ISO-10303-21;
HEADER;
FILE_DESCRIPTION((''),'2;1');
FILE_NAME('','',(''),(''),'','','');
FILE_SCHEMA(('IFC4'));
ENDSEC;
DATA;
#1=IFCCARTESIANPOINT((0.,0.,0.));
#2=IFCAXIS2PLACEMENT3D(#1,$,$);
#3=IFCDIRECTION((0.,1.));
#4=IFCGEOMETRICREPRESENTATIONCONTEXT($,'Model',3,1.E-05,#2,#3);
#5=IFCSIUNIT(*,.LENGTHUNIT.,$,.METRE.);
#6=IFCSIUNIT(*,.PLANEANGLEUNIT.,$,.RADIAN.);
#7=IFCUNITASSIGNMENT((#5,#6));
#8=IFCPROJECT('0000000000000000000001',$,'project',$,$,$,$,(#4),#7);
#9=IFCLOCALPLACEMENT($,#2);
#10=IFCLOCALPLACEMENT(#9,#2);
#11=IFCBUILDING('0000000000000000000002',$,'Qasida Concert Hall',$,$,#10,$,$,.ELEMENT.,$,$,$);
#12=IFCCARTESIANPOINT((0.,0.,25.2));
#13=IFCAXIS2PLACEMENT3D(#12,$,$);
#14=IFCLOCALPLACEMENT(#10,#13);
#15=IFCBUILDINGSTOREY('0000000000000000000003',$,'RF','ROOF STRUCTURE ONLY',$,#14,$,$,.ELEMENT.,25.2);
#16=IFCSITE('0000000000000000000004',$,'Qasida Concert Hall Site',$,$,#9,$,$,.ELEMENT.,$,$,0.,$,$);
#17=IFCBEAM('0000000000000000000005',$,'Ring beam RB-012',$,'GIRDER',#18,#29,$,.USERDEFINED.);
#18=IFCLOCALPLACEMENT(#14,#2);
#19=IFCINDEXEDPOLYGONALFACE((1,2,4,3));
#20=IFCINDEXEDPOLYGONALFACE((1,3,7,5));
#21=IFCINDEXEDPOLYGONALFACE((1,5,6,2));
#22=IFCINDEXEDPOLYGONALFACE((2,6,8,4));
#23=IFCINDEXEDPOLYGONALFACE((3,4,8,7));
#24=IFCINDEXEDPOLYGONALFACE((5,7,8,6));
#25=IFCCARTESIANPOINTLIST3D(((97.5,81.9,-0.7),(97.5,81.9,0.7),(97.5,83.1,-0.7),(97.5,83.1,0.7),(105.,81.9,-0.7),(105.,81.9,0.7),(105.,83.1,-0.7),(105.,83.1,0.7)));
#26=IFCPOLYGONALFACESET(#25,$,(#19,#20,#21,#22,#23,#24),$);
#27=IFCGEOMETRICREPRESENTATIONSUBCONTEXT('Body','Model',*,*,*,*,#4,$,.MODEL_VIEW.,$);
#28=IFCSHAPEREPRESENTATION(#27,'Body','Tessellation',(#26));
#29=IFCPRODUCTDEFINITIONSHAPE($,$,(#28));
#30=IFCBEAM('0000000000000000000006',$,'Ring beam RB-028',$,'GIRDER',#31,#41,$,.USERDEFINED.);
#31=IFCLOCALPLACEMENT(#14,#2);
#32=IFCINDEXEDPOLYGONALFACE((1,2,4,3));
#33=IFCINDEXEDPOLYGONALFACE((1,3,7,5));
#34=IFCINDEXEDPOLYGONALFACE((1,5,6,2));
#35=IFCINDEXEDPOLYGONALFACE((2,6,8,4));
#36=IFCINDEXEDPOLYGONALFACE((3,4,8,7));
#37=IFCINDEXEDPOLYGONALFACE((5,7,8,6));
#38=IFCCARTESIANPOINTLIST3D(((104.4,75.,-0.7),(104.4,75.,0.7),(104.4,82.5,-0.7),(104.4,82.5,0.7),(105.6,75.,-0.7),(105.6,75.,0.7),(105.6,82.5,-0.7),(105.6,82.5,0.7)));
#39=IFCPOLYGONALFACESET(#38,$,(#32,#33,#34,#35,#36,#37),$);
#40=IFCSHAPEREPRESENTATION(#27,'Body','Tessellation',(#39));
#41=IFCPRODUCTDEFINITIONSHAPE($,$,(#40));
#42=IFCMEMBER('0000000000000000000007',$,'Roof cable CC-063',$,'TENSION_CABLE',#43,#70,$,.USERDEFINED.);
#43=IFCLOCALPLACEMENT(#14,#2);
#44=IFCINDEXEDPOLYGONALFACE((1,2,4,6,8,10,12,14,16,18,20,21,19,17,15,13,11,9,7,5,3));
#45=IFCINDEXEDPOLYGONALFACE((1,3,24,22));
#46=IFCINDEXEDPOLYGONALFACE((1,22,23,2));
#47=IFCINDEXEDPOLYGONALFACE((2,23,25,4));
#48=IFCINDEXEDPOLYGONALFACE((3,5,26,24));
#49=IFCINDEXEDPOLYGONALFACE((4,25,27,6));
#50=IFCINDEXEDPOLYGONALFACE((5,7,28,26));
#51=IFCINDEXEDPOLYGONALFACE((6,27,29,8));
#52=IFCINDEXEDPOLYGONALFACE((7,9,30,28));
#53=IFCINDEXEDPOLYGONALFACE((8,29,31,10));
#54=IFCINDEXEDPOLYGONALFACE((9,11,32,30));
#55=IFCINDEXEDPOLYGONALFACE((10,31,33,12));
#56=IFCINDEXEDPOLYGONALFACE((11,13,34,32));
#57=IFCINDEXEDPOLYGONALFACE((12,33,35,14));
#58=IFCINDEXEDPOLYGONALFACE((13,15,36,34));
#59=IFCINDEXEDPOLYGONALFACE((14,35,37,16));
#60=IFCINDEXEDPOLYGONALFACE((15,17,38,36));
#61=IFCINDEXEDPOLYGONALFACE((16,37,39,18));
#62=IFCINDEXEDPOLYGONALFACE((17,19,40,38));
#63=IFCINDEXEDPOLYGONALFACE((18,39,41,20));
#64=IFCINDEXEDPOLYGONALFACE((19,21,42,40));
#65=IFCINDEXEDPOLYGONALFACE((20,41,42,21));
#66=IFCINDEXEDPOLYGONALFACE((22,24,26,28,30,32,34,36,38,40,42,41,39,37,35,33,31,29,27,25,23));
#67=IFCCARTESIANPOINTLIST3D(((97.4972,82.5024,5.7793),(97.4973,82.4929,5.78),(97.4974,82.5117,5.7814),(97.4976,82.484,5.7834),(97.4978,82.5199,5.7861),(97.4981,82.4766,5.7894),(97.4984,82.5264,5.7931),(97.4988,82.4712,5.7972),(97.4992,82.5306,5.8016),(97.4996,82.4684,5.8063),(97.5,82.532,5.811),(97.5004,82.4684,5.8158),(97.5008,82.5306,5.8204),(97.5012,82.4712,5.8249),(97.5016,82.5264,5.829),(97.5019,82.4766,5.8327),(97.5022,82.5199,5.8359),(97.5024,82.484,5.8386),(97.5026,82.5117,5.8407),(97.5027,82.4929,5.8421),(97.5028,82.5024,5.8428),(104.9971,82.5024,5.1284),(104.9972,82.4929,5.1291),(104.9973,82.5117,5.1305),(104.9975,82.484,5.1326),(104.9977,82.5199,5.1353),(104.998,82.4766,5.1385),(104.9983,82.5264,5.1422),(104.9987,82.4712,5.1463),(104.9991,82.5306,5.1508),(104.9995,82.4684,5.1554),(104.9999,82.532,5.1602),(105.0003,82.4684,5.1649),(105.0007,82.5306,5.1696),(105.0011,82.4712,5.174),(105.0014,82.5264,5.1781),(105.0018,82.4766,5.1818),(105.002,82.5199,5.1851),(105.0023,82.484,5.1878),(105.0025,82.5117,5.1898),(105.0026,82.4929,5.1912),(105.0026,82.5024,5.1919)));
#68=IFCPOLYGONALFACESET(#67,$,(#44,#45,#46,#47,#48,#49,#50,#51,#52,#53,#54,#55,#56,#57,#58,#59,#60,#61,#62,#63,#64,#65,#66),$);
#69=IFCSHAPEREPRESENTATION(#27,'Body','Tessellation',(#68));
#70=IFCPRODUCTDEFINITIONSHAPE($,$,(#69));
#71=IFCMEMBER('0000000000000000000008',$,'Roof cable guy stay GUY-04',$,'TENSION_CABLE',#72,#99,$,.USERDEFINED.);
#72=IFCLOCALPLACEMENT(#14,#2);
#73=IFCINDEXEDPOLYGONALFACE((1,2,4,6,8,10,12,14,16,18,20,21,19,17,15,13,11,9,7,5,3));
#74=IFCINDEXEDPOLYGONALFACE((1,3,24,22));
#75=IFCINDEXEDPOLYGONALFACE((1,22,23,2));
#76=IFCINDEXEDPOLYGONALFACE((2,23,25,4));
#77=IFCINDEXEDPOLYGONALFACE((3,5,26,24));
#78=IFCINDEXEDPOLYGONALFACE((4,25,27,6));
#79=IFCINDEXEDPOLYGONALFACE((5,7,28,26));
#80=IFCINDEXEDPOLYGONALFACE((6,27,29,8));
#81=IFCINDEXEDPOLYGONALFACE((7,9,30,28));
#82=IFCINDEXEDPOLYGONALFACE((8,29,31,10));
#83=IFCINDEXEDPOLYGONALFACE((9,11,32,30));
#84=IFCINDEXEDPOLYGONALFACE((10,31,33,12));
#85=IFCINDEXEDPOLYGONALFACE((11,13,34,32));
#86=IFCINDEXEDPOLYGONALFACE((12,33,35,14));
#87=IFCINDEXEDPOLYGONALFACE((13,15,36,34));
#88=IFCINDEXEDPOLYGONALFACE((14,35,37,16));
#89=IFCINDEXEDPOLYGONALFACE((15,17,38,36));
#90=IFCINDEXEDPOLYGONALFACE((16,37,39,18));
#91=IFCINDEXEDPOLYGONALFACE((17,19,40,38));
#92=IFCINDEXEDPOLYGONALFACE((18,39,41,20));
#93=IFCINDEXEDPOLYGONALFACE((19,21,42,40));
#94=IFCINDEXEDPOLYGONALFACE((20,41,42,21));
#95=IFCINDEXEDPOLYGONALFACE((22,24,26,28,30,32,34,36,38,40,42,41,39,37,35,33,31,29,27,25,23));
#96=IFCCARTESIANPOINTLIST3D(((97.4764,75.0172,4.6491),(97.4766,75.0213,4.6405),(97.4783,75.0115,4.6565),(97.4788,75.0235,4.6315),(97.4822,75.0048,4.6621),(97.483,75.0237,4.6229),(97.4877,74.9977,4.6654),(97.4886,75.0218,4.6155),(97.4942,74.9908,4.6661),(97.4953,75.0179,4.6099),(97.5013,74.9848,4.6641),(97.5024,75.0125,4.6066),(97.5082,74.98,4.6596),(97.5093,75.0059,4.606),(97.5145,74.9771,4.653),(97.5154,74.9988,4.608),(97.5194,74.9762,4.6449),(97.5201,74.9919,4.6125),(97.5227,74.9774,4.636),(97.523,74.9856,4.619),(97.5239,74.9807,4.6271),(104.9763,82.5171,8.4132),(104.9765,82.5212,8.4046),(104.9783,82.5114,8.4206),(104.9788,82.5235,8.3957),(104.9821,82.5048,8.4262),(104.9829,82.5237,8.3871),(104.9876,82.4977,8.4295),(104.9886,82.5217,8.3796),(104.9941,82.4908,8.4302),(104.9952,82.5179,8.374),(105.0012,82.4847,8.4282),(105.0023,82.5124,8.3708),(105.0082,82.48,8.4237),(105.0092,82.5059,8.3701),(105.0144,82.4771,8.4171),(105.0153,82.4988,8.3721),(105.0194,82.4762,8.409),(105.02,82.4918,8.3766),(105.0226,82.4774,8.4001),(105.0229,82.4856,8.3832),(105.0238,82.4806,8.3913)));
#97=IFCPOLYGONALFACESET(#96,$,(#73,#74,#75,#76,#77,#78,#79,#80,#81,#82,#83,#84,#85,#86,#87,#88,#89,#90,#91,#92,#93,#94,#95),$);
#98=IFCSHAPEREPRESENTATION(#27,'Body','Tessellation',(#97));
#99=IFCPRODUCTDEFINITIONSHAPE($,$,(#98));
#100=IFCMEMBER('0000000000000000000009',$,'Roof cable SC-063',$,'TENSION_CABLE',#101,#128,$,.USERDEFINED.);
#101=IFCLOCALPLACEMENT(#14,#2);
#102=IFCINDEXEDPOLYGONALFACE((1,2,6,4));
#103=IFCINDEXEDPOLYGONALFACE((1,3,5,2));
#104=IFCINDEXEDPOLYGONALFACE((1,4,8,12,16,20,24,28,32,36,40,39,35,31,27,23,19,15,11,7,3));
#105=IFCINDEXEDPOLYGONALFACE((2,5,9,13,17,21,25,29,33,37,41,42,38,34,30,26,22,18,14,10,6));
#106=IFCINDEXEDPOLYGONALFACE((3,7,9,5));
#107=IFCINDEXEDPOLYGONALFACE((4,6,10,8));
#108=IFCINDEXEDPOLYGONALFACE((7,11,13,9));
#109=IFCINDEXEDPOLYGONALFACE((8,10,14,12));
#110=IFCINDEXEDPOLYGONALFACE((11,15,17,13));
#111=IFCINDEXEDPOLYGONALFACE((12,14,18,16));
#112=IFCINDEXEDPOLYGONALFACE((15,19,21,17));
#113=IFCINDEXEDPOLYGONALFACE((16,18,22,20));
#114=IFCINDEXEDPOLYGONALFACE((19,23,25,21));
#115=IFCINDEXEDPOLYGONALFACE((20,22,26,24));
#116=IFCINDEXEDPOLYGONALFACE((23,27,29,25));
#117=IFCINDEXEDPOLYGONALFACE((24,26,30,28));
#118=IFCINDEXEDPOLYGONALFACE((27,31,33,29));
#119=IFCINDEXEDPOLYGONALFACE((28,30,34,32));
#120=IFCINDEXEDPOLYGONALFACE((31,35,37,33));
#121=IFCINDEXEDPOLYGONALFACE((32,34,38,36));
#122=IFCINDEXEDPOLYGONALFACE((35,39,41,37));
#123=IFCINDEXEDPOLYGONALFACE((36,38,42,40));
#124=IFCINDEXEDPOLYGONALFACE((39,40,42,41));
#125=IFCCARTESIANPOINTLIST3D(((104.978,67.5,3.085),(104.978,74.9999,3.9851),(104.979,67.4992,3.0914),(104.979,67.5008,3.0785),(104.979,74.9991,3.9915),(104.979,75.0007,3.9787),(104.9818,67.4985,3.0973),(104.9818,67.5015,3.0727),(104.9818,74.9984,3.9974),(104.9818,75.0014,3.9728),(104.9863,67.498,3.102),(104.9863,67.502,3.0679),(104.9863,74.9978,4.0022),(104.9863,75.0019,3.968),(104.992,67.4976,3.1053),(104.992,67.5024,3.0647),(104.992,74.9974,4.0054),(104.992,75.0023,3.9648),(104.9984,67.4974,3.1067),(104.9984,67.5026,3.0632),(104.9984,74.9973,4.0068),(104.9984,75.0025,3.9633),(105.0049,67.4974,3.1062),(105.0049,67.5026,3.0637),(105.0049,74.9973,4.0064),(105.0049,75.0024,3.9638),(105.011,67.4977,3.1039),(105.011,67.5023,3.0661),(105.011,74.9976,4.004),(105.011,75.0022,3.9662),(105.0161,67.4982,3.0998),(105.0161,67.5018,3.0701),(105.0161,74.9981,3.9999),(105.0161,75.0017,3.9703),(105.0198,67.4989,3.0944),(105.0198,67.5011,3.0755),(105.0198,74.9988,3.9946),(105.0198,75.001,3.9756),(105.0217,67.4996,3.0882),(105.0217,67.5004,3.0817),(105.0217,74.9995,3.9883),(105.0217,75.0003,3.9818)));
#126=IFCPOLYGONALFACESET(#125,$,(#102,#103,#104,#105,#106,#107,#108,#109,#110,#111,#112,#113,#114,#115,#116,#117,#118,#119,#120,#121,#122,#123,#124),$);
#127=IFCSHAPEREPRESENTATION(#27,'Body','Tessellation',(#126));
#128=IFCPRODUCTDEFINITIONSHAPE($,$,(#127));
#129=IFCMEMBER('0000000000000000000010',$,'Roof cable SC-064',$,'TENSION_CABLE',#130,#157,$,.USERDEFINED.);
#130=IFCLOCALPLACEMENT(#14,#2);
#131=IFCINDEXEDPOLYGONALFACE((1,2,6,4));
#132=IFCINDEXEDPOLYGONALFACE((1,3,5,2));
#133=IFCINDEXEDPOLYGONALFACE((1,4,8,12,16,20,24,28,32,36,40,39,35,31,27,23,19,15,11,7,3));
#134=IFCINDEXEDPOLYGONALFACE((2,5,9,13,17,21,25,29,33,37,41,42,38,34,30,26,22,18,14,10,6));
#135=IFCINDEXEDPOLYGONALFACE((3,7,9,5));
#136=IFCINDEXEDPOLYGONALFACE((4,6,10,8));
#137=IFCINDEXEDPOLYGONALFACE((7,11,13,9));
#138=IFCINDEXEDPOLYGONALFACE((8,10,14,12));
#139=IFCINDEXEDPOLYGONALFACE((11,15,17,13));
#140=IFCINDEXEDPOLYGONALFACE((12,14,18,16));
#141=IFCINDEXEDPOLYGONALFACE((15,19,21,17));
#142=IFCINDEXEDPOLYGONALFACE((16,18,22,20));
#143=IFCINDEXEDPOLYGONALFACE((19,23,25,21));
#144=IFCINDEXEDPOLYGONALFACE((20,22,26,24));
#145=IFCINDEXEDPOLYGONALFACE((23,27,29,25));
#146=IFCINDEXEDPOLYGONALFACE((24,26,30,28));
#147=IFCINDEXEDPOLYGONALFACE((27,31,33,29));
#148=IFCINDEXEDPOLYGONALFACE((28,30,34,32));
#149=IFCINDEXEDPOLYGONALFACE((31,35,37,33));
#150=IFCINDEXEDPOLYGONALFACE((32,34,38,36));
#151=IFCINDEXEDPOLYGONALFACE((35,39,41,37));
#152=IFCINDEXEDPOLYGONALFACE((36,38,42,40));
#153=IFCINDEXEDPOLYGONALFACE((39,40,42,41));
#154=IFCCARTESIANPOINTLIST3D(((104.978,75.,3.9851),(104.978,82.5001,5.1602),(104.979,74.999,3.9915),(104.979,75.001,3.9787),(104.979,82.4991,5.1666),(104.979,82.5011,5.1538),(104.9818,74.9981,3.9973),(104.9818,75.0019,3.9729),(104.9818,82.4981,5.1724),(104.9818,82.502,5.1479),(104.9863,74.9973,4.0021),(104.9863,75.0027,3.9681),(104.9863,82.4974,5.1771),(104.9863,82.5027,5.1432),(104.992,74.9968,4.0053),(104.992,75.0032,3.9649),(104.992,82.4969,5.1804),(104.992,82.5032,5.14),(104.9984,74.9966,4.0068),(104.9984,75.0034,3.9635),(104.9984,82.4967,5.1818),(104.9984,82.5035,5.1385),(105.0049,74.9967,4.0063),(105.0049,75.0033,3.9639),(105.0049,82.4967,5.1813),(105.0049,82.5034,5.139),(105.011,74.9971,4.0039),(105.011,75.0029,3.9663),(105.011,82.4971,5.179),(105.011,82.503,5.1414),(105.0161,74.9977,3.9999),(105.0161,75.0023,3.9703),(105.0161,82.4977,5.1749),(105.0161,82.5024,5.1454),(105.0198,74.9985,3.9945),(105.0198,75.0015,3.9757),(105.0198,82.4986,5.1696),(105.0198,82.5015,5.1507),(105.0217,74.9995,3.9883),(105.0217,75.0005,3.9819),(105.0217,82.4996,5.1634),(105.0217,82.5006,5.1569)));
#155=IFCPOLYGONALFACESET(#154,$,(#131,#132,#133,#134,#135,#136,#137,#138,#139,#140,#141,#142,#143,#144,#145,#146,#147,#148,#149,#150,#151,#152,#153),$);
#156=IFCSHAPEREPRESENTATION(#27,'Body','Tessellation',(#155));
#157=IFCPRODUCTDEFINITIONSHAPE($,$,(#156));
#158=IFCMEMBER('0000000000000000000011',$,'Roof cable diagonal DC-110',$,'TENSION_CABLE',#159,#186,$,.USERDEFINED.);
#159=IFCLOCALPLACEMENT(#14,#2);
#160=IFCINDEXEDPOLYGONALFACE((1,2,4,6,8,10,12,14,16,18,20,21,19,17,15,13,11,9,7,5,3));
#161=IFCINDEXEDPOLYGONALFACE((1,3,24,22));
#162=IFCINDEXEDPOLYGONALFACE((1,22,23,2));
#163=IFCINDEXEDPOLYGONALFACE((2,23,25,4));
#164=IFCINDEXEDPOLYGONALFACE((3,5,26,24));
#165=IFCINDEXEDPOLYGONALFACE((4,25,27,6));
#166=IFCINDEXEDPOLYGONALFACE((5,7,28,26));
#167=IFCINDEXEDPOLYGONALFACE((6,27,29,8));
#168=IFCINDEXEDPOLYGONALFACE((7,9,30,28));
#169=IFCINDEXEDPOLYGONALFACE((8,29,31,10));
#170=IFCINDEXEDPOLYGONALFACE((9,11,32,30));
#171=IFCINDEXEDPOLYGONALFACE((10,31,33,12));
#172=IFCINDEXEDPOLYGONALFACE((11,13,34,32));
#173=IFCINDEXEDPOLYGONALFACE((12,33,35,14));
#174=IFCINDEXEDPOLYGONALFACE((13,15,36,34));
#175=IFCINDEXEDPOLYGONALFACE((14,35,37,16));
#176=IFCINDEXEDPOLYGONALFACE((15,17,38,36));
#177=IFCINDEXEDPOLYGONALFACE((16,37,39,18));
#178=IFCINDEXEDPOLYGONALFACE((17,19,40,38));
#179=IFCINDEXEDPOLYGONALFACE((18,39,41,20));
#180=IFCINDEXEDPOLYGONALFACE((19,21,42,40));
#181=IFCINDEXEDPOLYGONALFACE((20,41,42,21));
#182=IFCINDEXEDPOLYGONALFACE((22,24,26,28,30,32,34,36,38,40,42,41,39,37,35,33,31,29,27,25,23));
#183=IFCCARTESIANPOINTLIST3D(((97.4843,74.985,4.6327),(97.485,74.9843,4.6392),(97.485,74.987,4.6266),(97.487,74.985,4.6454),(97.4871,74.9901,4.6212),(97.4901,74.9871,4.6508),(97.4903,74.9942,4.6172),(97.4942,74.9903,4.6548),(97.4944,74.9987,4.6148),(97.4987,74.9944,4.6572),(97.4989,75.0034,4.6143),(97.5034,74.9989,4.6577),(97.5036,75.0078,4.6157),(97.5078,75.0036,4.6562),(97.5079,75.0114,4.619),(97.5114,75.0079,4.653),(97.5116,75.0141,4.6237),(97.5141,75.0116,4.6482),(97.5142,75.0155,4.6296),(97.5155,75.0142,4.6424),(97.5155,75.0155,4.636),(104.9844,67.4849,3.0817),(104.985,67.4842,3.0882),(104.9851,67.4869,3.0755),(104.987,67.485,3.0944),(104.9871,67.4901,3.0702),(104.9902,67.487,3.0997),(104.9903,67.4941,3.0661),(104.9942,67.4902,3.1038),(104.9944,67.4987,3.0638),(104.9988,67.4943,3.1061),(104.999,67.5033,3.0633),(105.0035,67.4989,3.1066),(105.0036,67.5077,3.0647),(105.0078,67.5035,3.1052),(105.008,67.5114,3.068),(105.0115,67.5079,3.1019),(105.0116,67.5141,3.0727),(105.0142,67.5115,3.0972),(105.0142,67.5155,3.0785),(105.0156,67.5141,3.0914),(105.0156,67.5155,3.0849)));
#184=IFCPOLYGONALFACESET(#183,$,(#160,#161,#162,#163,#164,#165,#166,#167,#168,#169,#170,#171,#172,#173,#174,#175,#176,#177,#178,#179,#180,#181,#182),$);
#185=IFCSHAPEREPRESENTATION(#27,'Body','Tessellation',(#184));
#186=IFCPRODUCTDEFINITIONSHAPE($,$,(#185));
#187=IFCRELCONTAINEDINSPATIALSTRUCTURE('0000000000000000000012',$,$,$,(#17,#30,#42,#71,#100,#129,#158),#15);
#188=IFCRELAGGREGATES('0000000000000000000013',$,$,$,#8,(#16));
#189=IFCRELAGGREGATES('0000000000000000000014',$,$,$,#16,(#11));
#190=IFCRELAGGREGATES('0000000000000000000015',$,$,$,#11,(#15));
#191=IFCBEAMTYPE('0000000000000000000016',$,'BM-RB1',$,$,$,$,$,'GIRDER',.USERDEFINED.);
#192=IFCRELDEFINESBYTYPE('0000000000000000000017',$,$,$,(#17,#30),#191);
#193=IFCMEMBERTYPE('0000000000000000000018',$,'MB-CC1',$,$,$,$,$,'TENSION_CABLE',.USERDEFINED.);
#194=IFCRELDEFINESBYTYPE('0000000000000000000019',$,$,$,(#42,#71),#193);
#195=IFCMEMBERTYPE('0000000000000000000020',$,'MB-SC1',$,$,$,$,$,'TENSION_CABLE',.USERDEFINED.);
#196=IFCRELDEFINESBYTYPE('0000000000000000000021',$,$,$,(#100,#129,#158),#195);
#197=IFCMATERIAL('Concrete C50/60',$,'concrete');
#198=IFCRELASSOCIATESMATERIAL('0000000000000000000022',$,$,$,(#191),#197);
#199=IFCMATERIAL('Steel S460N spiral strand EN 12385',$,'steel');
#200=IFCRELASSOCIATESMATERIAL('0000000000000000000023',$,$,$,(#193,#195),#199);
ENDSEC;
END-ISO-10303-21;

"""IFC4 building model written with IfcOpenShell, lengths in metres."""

from ifc_helpers import new_model, si_unit, direction, frame, origin, origin_2d, place, context, subcontext, project, spatial, rectangle, circle, extrude, material, material_profile, profile_set, type_object, element, save


model = new_model("IFC4")

# Units and contexts
model_context = context("Model", 3, precision=1e-05, world=origin(), true_north=direction((0.0, 1.0)))
body_context = subcontext(model_context, "Body", "Model", "MODEL_VIEW")
ifc_project = project(units=[si_unit("LENGTHUNIT", "METRE"), si_unit("PLANEANGLEUNIT", "RADIAN")], contexts=[model_context])

# Site, building, storey
site_placement = place(None, origin())
site = spatial("IfcSite", under=ifc_project, at=site_placement, Name="Qasida Concert Hall Site", CompositionType="ELEMENT", RefElevation=0.0)
building_placement = place(site_placement, origin())
building = spatial("IfcBuilding", under=site, at=building_placement, Name="Qasida Concert Hall", CompositionType="ELEMENT")
storey_placement = place(building_placement, frame((0.0, 0.0, 25.2)))
storey = spatial("IfcBuildingStorey", under=building, at=storey_placement, Name="RF", Description="ROOF STRUCTURE ONLY", CompositionType="ELEMENT", Elevation=25.2)

# Beams
ifc_material_1 = material(Name="Concrete C50/60", Category="concrete")
ifc_material_profile_1 = material_profile(ifc_material_1, rectangle(XDim=1.2, YDim=1.3999, at=origin_2d()), Name="RC 1200x1400")
ifc_profile_set_1 = profile_set([ifc_material_profile_1], Name="Concrete C50/60")
beam_type = type_object("IfcBeamType", Name="BM-RB1", ElementType="GIRDER", PredefinedType="USERDEFINED", material=ifc_profile_set_1)
for number, where, z_axis, x_axis, name in (
    (1, (97.5, 82.5, 0.0), (1.0, 0.0, 0.0), (0.0, 1.0, 0.0), "Ring beam RB-012"),
    (2, (105.0, 75.0, 0.0), (0.0, 1.0, 0.0), (-1.0, 0.0, 0.0), "Ring beam RB-028"),
):
    element("IfcBeam", number, at=place(storey_placement, frame(where, z_axis=z_axis, x_axis=x_axis)), inside=storey, type_object=beam_type, Name=name, ObjectType="GIRDER", PredefinedType="USERDEFINED", context=body_context, shape_type="SweptSolid", body=[
        extrude(rectangle(XDim=1.2, YDim=1.3999, at=origin_2d()), origin(), (0.0, 0.0, 1.0), 7.5),
    ])

# Members
ifc_material_2 = material(Name="Steel S460N spiral strand EN 12385", Category="steel")
ifc_material_profile_2 = material_profile(ifc_material_2, circle(Radius=0.032, at=origin_2d()), Name="STRAND D64")
ifc_profile_set_2 = profile_set([ifc_material_profile_2], Name="Steel S460N spiral strand EN 12385")
member_type_1 = type_object("IfcMemberType", Name="MB-CC1", ElementType="TENSION_CABLE", PredefinedType="USERDEFINED", material=ifc_profile_set_2)
member_1_placement = place(storey_placement, frame((97.5, 82.5, 5.811), z_axis=(0.996255, 0.0, -0.086459), x_axis=(0.0, 1.0, 0.0)))
element("IfcMember", 3, at=member_1_placement, inside=storey, type_object=member_type_1, Name="Roof cable CC-063", ObjectType="TENSION_CABLE", PredefinedType="USERDEFINED", context=body_context, shape_type="SweptSolid", body=[
    extrude(circle(Radius=0.032, at=origin_2d()), origin(), (0.0, 0.0, 1.0), 7.5281),
])
member_2_placement = place(storey_placement, frame((105.0, 82.5, 8.4001), z_axis=(-0.666387, -0.666387, -0.334451), x_axis=(0.707107, -0.707107, 0.0)))
element("IfcMember", 4, at=member_2_placement, inside=storey, type_object=member_type_1, Name="Roof cable guy stay GUY-04", ObjectType="TENSION_CABLE", PredefinedType="USERDEFINED", context=body_context, shape_type="SweptSolid", body=[
    extrude(circle(Radius=0.032, at=origin_2d()), origin(), (0.0, 0.0, 1.0), 11.2546),
])
ifc_material_profile_3 = material_profile(ifc_material_2, circle(Radius=0.022, at=origin_2d()), Name="STRAND D44")
ifc_profile_set_3 = profile_set([ifc_material_profile_3], Name="Steel S460N spiral strand EN 12385")
member_type_2 = type_object("IfcMemberType", Name="MB-SC1", ElementType="TENSION_CABLE", PredefinedType="USERDEFINED", material=ifc_profile_set_3)
member_3_placement = place(storey_placement, frame((105.0, 67.5, 3.085), z_axis=(0.0, 0.992875, 0.119164), x_axis=(-1.0, 0.0, 0.0)))
element("IfcMember", 5, at=member_3_placement, inside=storey, type_object=member_type_2, Name="Roof cable SC-063", ObjectType="TENSION_CABLE", PredefinedType="USERDEFINED", context=body_context, shape_type="SweptSolid", body=[
    extrude(circle(Radius=0.022, at=origin_2d()), origin(), (0.0, 0.0, 1.0), 7.5537),
])
member_4_placement = place(storey_placement, frame((105.0, 75.0, 3.9851), z_axis=(0.0, 0.987948, 0.154785), x_axis=(-1.0, 0.0, 0.0)))
element("IfcMember", 6, at=member_4_placement, inside=storey, type_object=member_type_2, Name="Roof cable SC-064", ObjectType="TENSION_CABLE", PredefinedType="USERDEFINED", context=body_context, shape_type="SweptSolid", body=[
    extrude(circle(Radius=0.022, at=origin_2d()), origin(), (0.0, 0.0, 1.0), 7.5916),
])
member_5_placement = place(storey_placement, frame((97.5, 75.0, 4.636), z_axis=(0.699666, -0.699666, -0.144693), x_axis=(0.707107, 0.707107, 0.0)))
element("IfcMember", 7, at=member_5_placement, inside=storey, type_object=member_type_2, Name="Roof cable diagonal DC-110", ObjectType="TENSION_CABLE", PredefinedType="USERDEFINED", context=body_context, shape_type="SweptSolid", body=[
    extrude(circle(Radius=0.022, at=origin_2d()), origin(), (0.0, 0.0, 1.0), 10.7195),
])

save(model, "model.ifc")
